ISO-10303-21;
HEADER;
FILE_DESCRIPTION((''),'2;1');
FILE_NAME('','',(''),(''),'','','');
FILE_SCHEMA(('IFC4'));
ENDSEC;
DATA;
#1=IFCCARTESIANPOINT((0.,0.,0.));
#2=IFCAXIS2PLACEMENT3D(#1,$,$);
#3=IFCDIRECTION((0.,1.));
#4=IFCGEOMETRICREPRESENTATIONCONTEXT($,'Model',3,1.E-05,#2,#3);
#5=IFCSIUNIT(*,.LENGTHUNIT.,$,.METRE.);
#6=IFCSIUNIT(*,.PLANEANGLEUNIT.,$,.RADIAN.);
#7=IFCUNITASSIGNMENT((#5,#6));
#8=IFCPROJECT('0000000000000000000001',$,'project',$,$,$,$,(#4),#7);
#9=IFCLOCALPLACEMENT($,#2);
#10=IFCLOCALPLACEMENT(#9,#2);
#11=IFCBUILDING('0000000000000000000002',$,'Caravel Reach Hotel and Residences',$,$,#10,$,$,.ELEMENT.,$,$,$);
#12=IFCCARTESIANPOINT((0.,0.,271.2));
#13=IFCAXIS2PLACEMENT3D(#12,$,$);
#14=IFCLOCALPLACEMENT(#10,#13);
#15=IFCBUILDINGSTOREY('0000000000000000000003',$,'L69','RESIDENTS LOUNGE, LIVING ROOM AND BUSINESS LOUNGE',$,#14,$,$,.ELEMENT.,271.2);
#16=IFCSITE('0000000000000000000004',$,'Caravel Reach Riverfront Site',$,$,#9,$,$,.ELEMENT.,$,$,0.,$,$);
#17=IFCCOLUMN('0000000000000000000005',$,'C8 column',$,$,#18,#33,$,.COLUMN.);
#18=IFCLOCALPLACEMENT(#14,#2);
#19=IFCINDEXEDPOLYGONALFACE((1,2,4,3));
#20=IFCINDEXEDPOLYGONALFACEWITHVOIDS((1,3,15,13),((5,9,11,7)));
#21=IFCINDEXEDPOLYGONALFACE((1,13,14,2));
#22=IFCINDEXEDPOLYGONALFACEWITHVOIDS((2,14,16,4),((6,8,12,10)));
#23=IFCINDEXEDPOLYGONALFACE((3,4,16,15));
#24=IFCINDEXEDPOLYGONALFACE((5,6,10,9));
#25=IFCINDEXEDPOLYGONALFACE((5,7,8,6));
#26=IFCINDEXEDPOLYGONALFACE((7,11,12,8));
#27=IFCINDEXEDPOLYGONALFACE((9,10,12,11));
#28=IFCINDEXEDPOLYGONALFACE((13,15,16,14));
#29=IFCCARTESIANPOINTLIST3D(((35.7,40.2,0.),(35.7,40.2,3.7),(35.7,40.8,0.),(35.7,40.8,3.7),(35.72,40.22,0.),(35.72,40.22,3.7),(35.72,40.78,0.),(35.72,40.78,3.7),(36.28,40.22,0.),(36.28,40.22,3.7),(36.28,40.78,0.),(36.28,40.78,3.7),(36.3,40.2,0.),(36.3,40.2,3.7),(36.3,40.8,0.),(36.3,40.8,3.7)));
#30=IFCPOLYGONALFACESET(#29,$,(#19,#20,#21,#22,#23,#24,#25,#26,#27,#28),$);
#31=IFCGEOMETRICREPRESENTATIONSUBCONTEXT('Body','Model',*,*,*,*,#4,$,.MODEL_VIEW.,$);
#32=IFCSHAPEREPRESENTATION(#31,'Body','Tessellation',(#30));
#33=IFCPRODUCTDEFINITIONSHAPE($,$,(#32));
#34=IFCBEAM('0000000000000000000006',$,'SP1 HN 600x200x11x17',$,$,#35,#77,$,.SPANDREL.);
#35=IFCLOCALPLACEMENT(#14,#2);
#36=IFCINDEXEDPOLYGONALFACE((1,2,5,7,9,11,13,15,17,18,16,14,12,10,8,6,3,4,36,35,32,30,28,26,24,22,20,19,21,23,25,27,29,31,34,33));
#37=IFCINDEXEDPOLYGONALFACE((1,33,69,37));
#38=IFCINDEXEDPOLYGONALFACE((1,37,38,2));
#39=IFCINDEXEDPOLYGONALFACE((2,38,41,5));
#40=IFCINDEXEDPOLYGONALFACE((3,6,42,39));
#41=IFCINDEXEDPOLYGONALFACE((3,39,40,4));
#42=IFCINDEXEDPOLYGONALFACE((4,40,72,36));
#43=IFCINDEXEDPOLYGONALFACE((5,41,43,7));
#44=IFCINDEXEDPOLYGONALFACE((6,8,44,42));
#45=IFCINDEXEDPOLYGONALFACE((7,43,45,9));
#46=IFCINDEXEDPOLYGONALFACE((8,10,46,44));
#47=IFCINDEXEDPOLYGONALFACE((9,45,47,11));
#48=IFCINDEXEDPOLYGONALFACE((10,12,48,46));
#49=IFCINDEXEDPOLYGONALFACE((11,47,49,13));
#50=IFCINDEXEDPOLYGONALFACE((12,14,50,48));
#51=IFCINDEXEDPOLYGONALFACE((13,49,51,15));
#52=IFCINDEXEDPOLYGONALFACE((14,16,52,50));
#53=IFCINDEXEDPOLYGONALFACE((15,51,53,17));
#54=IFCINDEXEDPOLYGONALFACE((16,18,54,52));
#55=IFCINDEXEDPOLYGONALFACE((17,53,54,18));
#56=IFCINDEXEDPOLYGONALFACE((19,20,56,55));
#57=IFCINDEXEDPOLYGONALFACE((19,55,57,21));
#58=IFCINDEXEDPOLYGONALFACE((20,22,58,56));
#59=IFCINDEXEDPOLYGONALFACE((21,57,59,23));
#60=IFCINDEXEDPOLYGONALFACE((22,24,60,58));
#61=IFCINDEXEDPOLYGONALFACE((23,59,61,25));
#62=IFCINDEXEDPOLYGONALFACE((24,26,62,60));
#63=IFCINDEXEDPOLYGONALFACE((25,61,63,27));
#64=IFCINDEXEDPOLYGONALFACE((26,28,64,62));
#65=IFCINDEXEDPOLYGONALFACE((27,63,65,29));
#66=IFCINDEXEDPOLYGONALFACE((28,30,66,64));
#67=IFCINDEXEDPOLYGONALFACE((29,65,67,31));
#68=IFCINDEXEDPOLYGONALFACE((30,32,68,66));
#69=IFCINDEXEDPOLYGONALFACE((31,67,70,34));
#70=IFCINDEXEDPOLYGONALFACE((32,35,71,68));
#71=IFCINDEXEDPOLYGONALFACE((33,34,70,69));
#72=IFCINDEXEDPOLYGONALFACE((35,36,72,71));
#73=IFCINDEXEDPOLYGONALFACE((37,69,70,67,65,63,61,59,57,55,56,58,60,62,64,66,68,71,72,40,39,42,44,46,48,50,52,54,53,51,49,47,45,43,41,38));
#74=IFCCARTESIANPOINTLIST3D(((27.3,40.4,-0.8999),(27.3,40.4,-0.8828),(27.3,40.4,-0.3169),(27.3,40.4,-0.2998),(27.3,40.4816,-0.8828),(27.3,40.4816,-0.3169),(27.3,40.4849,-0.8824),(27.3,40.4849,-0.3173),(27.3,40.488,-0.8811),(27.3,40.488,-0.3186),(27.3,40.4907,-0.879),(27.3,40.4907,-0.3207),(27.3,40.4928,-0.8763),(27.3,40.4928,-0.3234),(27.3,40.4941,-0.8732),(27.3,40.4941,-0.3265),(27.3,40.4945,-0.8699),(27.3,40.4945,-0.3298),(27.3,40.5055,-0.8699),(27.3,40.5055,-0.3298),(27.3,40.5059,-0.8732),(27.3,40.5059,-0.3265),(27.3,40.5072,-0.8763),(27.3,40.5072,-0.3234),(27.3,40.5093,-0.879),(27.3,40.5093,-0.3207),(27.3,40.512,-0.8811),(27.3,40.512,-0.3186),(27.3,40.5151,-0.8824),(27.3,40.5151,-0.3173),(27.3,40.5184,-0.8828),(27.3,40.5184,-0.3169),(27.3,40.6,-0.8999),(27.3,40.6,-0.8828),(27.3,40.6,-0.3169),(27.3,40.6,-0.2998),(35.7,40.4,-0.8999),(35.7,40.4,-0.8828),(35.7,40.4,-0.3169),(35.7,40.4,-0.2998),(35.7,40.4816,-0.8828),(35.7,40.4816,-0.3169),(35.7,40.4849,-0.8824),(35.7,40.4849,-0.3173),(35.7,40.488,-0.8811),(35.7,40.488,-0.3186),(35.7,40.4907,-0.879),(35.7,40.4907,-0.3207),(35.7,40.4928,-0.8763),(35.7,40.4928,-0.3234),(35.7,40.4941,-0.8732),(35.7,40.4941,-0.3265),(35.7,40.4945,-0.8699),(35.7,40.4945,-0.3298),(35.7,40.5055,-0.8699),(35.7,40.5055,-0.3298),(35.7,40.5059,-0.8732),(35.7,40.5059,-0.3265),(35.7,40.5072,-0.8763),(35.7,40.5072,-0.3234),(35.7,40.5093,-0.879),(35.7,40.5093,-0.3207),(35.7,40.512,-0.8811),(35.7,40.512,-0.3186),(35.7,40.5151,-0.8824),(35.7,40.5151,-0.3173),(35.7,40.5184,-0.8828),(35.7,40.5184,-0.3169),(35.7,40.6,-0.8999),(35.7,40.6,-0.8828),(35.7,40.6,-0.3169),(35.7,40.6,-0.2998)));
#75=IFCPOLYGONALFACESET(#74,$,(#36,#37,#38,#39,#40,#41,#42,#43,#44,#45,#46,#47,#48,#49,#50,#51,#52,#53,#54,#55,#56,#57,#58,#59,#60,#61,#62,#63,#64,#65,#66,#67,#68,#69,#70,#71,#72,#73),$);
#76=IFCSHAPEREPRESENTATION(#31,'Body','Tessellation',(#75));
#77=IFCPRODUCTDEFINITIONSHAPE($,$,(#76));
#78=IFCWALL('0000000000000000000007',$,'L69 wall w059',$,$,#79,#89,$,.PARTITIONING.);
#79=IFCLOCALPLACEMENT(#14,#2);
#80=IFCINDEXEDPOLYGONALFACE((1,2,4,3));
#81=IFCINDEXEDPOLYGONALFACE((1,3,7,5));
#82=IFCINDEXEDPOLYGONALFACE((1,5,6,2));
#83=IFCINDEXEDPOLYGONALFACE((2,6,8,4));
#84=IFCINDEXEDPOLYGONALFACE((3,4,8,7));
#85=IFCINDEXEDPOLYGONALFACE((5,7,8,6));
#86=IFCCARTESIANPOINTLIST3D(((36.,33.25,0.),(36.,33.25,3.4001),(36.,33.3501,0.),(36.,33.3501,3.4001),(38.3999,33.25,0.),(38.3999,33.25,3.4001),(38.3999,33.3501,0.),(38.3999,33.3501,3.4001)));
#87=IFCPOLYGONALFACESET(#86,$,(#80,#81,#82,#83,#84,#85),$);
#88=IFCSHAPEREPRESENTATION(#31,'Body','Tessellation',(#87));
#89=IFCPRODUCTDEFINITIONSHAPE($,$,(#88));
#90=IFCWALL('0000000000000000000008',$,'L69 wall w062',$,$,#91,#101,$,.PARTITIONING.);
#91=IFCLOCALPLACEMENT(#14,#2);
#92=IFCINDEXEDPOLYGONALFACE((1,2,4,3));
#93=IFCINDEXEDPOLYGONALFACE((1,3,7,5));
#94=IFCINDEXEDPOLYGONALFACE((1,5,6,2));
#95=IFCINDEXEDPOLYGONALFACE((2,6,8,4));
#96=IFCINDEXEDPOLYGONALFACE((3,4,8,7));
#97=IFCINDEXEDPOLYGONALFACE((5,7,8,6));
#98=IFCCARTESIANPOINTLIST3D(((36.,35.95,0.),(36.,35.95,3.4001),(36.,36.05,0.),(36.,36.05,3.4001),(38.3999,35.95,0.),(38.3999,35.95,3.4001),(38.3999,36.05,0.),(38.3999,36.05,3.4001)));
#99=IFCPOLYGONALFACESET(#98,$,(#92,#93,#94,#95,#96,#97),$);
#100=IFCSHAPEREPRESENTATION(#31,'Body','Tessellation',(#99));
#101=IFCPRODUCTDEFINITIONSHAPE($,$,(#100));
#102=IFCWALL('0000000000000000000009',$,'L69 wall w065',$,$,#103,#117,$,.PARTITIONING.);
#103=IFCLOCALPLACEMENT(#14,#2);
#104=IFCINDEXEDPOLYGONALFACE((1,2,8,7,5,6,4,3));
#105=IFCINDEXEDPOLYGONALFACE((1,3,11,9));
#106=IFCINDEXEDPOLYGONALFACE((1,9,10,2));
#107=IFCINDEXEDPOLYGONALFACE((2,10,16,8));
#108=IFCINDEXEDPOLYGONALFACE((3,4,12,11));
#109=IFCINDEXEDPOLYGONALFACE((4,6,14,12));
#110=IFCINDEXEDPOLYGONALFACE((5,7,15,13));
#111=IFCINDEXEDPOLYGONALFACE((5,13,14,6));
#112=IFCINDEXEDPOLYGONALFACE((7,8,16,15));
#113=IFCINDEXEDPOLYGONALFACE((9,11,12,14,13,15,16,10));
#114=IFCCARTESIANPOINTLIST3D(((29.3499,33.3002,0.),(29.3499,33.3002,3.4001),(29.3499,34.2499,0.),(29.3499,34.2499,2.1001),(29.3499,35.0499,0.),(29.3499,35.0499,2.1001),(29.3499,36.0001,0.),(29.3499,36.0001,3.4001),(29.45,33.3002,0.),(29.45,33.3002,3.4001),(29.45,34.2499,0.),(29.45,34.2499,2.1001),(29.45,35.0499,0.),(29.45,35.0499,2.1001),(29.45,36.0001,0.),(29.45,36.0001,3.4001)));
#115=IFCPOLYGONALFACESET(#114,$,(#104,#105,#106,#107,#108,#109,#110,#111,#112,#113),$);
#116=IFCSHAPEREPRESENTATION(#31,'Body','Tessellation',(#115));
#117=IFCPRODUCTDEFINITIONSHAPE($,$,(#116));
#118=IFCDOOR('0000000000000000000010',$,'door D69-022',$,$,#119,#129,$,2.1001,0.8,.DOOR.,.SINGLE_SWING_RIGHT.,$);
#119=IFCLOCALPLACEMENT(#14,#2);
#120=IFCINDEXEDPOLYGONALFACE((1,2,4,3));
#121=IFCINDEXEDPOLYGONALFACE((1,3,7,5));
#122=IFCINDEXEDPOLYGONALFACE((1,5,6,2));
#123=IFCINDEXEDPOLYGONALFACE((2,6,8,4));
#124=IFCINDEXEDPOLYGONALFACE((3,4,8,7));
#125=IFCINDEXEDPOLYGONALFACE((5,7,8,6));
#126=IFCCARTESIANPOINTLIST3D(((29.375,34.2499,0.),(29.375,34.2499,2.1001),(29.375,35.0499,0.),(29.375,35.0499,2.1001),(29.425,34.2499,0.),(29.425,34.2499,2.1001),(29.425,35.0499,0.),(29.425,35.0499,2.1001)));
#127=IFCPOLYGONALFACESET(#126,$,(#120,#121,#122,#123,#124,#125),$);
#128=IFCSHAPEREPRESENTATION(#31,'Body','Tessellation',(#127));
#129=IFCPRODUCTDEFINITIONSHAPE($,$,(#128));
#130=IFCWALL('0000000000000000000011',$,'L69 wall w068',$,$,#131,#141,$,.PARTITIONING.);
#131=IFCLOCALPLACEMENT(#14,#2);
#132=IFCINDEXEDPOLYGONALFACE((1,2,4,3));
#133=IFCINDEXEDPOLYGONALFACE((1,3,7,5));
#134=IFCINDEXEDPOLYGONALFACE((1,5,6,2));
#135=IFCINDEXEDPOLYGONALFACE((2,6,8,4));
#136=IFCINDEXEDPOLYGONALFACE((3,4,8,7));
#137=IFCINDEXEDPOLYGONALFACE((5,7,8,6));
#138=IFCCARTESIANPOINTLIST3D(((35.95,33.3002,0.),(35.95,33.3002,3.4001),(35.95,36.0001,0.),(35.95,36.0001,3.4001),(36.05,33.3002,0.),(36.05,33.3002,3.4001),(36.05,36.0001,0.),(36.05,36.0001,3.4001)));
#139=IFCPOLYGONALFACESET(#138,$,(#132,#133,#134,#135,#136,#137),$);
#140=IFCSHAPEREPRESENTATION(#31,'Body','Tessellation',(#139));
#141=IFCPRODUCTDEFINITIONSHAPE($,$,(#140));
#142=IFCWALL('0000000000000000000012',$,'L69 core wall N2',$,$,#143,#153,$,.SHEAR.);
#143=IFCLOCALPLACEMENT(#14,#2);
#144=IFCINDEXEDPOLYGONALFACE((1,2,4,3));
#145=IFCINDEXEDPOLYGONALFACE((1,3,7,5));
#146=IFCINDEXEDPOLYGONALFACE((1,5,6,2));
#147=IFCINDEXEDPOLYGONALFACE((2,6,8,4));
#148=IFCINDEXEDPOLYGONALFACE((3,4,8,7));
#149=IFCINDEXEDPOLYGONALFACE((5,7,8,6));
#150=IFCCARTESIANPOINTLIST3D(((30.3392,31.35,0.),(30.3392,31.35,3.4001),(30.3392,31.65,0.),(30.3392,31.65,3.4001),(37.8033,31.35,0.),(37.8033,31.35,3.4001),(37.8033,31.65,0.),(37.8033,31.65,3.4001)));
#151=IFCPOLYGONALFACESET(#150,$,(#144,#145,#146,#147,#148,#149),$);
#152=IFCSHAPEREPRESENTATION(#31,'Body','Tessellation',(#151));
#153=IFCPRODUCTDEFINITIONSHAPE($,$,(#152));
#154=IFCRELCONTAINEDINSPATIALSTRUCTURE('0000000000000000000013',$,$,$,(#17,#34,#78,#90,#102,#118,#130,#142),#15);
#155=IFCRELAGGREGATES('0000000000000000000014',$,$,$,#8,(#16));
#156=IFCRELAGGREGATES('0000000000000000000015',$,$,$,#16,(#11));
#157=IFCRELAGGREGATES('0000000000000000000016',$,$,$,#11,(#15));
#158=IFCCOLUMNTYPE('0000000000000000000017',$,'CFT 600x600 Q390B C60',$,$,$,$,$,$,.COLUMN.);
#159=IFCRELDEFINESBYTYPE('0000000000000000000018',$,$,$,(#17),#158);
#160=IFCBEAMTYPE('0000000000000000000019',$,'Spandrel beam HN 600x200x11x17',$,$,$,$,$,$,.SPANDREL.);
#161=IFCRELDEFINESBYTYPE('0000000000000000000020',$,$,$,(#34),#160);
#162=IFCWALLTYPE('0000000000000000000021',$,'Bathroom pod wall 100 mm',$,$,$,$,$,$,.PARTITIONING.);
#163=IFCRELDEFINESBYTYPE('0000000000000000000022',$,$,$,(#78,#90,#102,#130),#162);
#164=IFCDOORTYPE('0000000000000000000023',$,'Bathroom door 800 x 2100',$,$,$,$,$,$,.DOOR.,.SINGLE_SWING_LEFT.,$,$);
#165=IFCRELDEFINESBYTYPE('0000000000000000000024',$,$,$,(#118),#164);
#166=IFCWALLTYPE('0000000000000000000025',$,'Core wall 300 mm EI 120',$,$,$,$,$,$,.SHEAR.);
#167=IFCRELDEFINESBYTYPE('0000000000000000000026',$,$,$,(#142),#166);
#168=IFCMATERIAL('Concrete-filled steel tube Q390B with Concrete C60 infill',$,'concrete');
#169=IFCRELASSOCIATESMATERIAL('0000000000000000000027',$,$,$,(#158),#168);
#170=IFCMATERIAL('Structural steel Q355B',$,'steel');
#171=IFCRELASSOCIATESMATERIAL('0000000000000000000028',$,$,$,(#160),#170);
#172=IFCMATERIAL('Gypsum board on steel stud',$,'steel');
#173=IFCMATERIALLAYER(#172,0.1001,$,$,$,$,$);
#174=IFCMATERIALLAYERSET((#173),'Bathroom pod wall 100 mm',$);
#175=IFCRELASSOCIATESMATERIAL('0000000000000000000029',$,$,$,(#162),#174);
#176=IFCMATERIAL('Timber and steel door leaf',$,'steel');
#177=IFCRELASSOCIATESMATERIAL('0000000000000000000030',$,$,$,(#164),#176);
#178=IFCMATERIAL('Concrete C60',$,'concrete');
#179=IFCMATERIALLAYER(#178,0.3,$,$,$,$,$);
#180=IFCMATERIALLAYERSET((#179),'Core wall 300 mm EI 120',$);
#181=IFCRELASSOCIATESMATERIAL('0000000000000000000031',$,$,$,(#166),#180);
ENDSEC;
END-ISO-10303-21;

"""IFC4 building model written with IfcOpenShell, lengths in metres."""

from ifc_helpers import new_model, si_unit, direction, frame, frame_2d, origin, origin_2d, place, context, subcontext, project, spatial, rectangle, hollow_rectangle, i_section, extrude, material, layer, layer_set, material_profile, profile_set, type_object, element, fill, save


model = new_model("IFC4")

# Units and contexts
model_context = context("Model", 3, precision=1e-05, world=origin(), true_north=direction((0.0, 1.0)))
body_context = subcontext(model_context, "Body", "Model", "MODEL_VIEW")
ifc_project = project(units=[si_unit("LENGTHUNIT", "METRE"), si_unit("PLANEANGLEUNIT", "RADIAN")], contexts=[model_context])

# Site, building, storey
site_placement = place(None, origin())
site = spatial("IfcSite", under=ifc_project, at=site_placement, Name="Caravel Reach Riverfront Site", CompositionType="ELEMENT", RefElevation=0.0)
building_placement = place(site_placement, origin())
building = spatial("IfcBuilding", under=site, at=building_placement, Name="Caravel Reach Hotel and Residences", CompositionType="ELEMENT")
storey_placement = place(building_placement, frame((0.0, 0.0, 271.2)))
storey = spatial("IfcBuildingStorey", under=building, at=storey_placement, Name="L69", Description="RESIDENTS LOUNGE, LIVING ROOM AND BUSINESS LOUNGE", CompositionType="ELEMENT", Elevation=271.2)

# Column
ifc_material_1 = material(Name="Concrete-filled steel tube Q390B with Concrete C60 infill", Category="concrete")
ifc_material_profile_1 = material_profile(ifc_material_1, hollow_rectangle(XDim=0.6001, YDim=0.6001, WallThickness=0.02, at=origin_2d()), Name="RHS 600x600x20")
ifc_profile_set_1 = profile_set([ifc_material_profile_1], Name="Concrete-filled steel tube Q390B with Concrete C60 infill")
column_type = type_object("IfcColumnType", Name="CFT 600x600 Q390B C60", PredefinedType="COLUMN", material=ifc_profile_set_1)
column_placement = place(storey_placement, frame((36.0, 40.5, 0.0), z_axis=(0.0, 0.0, 1.0), x_axis=(1.0, 0.0, 0.0)))
element("IfcColumn", 1, at=column_placement, inside=storey, type_object=column_type, Name="C8 column", PredefinedType="COLUMN", context=body_context, shape_type="SweptSolid", body=[
    extrude(hollow_rectangle(XDim=0.6001, YDim=0.6001, WallThickness=0.02, at=origin_2d()), origin(), (0.0, 0.0, 1.0), 3.7),
])

# Beam
ifc_material_2 = material(Name="Structural steel Q355B", Category="steel")
ifc_material_profile_2 = material_profile(ifc_material_2, i_section(OverallWidth=0.2, OverallDepth=0.6001, WebThickness=0.011, FlangeThickness=0.0171, FilletRadius=0.0129, at=origin_2d()), Name="HN 600x200x11x17")
ifc_profile_set_2 = profile_set([ifc_material_profile_2], Name="Structural steel Q355B")
beam_type = type_object("IfcBeamType", Name="Spandrel beam HN 600x200x11x17", PredefinedType="SPANDREL", material=ifc_profile_set_2)
beam_placement = place(storey_placement, frame((35.7, 40.5, -0.5999), z_axis=(-1.0, 0.0, 0.0), x_axis=(0.0, -1.0, 0.0)))
element("IfcBeam", 2, at=beam_placement, inside=storey, type_object=beam_type, Name="SP1 HN 600x200x11x17", PredefinedType="SPANDREL", context=body_context, shape_type="SweptSolid", body=[
    extrude(i_section(OverallWidth=0.2, OverallDepth=0.6001, WebThickness=0.011, FlangeThickness=0.0171, FilletRadius=0.0129, at=origin_2d()), origin(), (0.0, 0.0, 1.0), 8.3999),
])

# Walls
ifc_material_3 = material(Name="Gypsum board on steel stud", Category="steel")
ifc_layer_1 = layer(ifc_material_3, 0.1001)
ifc_layer_set_1 = layer_set([ifc_layer_1], Name="Bathroom pod wall 100 mm")
wall_type_1 = type_object("IfcWallType", Name="Bathroom pod wall 100 mm", PredefinedType="PARTITIONING", material=ifc_layer_set_1)
for number, where, z_axis, x_axis, name in (
    (3, (36.0, 33.3, 0.0), (0.0, 0.0, 1.0), (1.0, 0.0, 0.0), "L69 wall w059"),
    (4, (36.0, 36.0, 0.0), (0.0, 0.0, 1.0), (1.0, 0.0, 0.0), "L69 wall w062"),
):
    element("IfcWall", number, at=place(storey_placement, frame(where, z_axis=z_axis, x_axis=x_axis)), inside=storey, type_object=wall_type_1, Name=name, PredefinedType="PARTITIONING", context=body_context, shape_type="SweptSolid", body=[
        extrude(rectangle(XDim=2.3999, YDim=0.1001, at=frame_2d((1.2, 0.0))), origin(), (0.0, 0.0, 1.0), 3.4001),
    ])

# Wall, opening, door
wall_1_placement = place(storey_placement, frame((29.3999, 33.3, 0.0), z_axis=(0.0, 0.0, 1.0), x_axis=(0.0, 1.0, 0.0)))
wall_1 = element("IfcWall", 5, at=wall_1_placement, inside=storey, type_object=wall_type_1, Name="L69 wall w065", PredefinedType="PARTITIONING", context=body_context, shape_type="SweptSolid", body=[
    extrude(rectangle(XDim=2.7, YDim=0.1001, at=frame_2d((1.3501, 0.0))), origin(), (0.0, 0.0, 1.0), 3.4001),
])
opening_1_placement = place(wall_1_placement, frame((0.95, 0.0, 0.0)))
opening_1 = element("IfcOpeningElement", 6, at=opening_1_placement, cuts=wall_1, PredefinedType="OPENING", context=body_context, shape_type="SweptSolid", body=[
    extrude(rectangle(XDim=0.8, YDim=2.1001, at=frame_2d((0.3999, 1.05))), frame((0.0, 0.0601, 0.0), z_axis=(0.0, -1.0, 0.0), x_axis=(1.0, 0.0, 0.0)), (0.0, 0.0, 1.0), 0.1201),
])
ifc_material_4 = material(Name="Timber and steel door leaf", Category="steel")
door_type_1 = type_object("IfcDoorType", Name="Bathroom door 800 x 2100", OperationType="SINGLE_SWING_LEFT", PredefinedType="DOOR", material=ifc_material_4)
door_1_placement = place(opening_1_placement, origin())
door_1 = element("IfcDoor", 7, at=door_1_placement, inside=storey, type_object=door_type_1, Name="door D69-022", OperationType="SINGLE_SWING_RIGHT", OverallHeight=2.1001, OverallWidth=0.8, PredefinedType="DOOR", context=body_context, shape_type="SweptSolid", body=[
    extrude(rectangle(XDim=0.8, YDim=2.1001, at=frame_2d((0.3999, 1.05))), frame((0.0, 0.0249, 0.0), z_axis=(0.0, -1.0, 0.0), x_axis=(1.0, 0.0, 0.0)), (0.0, 0.0, 1.0), 0.05),
])
fill(opening_1, door_1)

# Walls
wall_2_placement = place(storey_placement, frame((36.0, 33.3, 0.0), z_axis=(0.0, 0.0, 1.0), x_axis=(0.0, 1.0, 0.0)))
element("IfcWall", 8, at=wall_2_placement, inside=storey, type_object=wall_type_1, Name="L69 wall w068", PredefinedType="PARTITIONING", context=body_context, shape_type="SweptSolid", body=[
    extrude(rectangle(XDim=2.7, YDim=0.1001, at=frame_2d((1.3501, 0.0))), origin(), (0.0, 0.0, 1.0), 3.4001),
])
ifc_material_5 = material(Name="Concrete C60", Category="concrete")
ifc_layer_2 = layer(ifc_material_5, 0.3)
ifc_layer_set_2 = layer_set([ifc_layer_2], Name="Core wall 300 mm EI 120")
wall_type_2 = type_object("IfcWallType", Name="Core wall 300 mm EI 120", PredefinedType="SHEAR", material=ifc_layer_set_2)
wall_3_placement = place(storey_placement, frame((30.3394, 31.5, 0.0), z_axis=(0.0, 0.0, 1.0), x_axis=(1.0, 0.0, 0.0)))
element("IfcWall", 9, at=wall_3_placement, inside=storey, type_object=wall_type_2, Name="L69 core wall N2", PredefinedType="SHEAR", context=body_context, shape_type="SweptSolid", body=[
    extrude(rectangle(XDim=7.4641, YDim=0.3, at=frame_2d((3.7319, 0.0))), origin(), (0.0, 0.0, 1.0), 3.4001),
])

save(model, "model.ifc")
